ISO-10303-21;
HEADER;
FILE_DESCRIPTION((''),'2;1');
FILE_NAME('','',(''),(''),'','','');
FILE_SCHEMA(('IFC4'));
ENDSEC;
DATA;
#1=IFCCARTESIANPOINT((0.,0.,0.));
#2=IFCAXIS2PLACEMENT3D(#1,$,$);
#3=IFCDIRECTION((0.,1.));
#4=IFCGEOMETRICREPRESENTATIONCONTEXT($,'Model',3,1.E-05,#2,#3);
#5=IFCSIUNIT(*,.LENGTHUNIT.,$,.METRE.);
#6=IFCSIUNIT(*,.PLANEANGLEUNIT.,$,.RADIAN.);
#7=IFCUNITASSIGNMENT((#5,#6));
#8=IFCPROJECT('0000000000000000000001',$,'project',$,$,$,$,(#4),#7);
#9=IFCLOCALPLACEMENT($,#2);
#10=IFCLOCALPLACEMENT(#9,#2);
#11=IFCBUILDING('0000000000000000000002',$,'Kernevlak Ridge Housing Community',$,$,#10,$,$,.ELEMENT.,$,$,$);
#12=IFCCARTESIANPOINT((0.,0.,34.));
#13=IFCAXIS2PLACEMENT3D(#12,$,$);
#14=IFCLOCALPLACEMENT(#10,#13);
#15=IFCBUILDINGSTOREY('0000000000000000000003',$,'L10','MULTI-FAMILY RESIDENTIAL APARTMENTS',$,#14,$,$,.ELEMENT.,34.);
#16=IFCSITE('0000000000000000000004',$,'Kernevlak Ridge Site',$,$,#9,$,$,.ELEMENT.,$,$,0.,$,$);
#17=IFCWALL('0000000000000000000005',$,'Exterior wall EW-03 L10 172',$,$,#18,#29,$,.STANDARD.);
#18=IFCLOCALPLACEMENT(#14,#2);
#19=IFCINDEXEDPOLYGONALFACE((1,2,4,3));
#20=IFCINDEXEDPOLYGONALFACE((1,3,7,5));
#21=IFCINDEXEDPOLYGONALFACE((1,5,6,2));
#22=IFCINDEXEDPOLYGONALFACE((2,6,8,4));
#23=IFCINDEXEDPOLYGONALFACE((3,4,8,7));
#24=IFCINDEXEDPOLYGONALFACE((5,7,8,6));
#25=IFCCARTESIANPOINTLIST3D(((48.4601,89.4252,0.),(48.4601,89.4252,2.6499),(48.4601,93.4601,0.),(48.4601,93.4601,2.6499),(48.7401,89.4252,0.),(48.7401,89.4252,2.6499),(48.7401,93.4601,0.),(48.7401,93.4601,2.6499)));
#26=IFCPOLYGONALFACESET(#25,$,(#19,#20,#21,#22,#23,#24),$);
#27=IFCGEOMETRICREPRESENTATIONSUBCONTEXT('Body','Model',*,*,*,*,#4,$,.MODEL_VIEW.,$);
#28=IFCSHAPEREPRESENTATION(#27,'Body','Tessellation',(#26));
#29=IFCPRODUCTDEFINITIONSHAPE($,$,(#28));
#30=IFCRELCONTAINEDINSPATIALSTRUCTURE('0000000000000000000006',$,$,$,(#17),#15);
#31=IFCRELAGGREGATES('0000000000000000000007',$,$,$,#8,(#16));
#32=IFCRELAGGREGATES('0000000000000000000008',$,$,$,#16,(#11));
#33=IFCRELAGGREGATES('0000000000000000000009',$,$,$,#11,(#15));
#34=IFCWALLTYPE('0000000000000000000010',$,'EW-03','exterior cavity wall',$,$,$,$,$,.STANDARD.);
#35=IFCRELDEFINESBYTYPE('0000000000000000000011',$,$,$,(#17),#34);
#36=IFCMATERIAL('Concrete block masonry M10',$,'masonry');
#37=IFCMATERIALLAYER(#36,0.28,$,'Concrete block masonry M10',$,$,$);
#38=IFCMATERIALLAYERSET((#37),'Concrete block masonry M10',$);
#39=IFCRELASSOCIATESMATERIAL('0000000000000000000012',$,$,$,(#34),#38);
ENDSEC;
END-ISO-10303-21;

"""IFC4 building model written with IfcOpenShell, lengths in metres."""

from ifc_helpers import new_model, si_unit, direction, frame, frame_2d, origin, place, context, subcontext, project, spatial, rectangle, extrude, material, layer, layer_set, type_object, element, save


model = new_model("IFC4")

# Units and contexts
model_context = context("Model", 3, precision=1e-05, world=origin(), true_north=direction((0.0, 1.0)))
body_context = subcontext(model_context, "Body", "Model", "MODEL_VIEW")
ifc_project = project(units=[si_unit("LENGTHUNIT", "METRE"), si_unit("PLANEANGLEUNIT", "RADIAN")], contexts=[model_context])

# Site, building, storey
site_placement = place(None, origin())
site = spatial("IfcSite", under=ifc_project, at=site_placement, Name="Kernevlak Ridge Site", CompositionType="ELEMENT", RefElevation=0.0)
building_placement = place(site_placement, origin())
building = spatial("IfcBuilding", under=site, at=building_placement, Name="Kernevlak Ridge Housing Community", CompositionType="ELEMENT")
storey_placement = place(building_placement, frame((0.0, 0.0, 34.0)))
storey = spatial("IfcBuildingStorey", under=building, at=storey_placement, Name="L10", Description="MULTI-FAMILY RESIDENTIAL APARTMENTS", CompositionType="ELEMENT", Elevation=34.0)

# Wall
ifc_material_1 = material(Name="Concrete block masonry M10", Category="masonry")
ifc_layer_1 = layer(ifc_material_1, 0.28, Name="Concrete block masonry M10")
ifc_layer_set_1 = layer_set([ifc_layer_1], Name="Concrete block masonry M10")
wall_type = type_object("IfcWallType", Name="EW-03", Description="exterior cavity wall", PredefinedType="STANDARD", material=ifc_layer_set_1)
wall_placement = place(storey_placement, frame((48.6001, 89.425, 0.0), z_axis=(0.0, 0.0, 1.0), x_axis=(0.0, 1.0, 0.0)))
element("IfcWall", 1, at=wall_placement, inside=storey, type_object=wall_type, Name="Exterior wall EW-03 L10 172", PredefinedType="STANDARD", context=body_context, shape_type="SweptSolid", body=[
    extrude(rectangle(XDim=4.0349, YDim=0.28, at=frame_2d((2.0176, 0.0))), origin(), (0.0, 0.0, 1.0), 2.6499),
])

save(model, "model.ifc")
